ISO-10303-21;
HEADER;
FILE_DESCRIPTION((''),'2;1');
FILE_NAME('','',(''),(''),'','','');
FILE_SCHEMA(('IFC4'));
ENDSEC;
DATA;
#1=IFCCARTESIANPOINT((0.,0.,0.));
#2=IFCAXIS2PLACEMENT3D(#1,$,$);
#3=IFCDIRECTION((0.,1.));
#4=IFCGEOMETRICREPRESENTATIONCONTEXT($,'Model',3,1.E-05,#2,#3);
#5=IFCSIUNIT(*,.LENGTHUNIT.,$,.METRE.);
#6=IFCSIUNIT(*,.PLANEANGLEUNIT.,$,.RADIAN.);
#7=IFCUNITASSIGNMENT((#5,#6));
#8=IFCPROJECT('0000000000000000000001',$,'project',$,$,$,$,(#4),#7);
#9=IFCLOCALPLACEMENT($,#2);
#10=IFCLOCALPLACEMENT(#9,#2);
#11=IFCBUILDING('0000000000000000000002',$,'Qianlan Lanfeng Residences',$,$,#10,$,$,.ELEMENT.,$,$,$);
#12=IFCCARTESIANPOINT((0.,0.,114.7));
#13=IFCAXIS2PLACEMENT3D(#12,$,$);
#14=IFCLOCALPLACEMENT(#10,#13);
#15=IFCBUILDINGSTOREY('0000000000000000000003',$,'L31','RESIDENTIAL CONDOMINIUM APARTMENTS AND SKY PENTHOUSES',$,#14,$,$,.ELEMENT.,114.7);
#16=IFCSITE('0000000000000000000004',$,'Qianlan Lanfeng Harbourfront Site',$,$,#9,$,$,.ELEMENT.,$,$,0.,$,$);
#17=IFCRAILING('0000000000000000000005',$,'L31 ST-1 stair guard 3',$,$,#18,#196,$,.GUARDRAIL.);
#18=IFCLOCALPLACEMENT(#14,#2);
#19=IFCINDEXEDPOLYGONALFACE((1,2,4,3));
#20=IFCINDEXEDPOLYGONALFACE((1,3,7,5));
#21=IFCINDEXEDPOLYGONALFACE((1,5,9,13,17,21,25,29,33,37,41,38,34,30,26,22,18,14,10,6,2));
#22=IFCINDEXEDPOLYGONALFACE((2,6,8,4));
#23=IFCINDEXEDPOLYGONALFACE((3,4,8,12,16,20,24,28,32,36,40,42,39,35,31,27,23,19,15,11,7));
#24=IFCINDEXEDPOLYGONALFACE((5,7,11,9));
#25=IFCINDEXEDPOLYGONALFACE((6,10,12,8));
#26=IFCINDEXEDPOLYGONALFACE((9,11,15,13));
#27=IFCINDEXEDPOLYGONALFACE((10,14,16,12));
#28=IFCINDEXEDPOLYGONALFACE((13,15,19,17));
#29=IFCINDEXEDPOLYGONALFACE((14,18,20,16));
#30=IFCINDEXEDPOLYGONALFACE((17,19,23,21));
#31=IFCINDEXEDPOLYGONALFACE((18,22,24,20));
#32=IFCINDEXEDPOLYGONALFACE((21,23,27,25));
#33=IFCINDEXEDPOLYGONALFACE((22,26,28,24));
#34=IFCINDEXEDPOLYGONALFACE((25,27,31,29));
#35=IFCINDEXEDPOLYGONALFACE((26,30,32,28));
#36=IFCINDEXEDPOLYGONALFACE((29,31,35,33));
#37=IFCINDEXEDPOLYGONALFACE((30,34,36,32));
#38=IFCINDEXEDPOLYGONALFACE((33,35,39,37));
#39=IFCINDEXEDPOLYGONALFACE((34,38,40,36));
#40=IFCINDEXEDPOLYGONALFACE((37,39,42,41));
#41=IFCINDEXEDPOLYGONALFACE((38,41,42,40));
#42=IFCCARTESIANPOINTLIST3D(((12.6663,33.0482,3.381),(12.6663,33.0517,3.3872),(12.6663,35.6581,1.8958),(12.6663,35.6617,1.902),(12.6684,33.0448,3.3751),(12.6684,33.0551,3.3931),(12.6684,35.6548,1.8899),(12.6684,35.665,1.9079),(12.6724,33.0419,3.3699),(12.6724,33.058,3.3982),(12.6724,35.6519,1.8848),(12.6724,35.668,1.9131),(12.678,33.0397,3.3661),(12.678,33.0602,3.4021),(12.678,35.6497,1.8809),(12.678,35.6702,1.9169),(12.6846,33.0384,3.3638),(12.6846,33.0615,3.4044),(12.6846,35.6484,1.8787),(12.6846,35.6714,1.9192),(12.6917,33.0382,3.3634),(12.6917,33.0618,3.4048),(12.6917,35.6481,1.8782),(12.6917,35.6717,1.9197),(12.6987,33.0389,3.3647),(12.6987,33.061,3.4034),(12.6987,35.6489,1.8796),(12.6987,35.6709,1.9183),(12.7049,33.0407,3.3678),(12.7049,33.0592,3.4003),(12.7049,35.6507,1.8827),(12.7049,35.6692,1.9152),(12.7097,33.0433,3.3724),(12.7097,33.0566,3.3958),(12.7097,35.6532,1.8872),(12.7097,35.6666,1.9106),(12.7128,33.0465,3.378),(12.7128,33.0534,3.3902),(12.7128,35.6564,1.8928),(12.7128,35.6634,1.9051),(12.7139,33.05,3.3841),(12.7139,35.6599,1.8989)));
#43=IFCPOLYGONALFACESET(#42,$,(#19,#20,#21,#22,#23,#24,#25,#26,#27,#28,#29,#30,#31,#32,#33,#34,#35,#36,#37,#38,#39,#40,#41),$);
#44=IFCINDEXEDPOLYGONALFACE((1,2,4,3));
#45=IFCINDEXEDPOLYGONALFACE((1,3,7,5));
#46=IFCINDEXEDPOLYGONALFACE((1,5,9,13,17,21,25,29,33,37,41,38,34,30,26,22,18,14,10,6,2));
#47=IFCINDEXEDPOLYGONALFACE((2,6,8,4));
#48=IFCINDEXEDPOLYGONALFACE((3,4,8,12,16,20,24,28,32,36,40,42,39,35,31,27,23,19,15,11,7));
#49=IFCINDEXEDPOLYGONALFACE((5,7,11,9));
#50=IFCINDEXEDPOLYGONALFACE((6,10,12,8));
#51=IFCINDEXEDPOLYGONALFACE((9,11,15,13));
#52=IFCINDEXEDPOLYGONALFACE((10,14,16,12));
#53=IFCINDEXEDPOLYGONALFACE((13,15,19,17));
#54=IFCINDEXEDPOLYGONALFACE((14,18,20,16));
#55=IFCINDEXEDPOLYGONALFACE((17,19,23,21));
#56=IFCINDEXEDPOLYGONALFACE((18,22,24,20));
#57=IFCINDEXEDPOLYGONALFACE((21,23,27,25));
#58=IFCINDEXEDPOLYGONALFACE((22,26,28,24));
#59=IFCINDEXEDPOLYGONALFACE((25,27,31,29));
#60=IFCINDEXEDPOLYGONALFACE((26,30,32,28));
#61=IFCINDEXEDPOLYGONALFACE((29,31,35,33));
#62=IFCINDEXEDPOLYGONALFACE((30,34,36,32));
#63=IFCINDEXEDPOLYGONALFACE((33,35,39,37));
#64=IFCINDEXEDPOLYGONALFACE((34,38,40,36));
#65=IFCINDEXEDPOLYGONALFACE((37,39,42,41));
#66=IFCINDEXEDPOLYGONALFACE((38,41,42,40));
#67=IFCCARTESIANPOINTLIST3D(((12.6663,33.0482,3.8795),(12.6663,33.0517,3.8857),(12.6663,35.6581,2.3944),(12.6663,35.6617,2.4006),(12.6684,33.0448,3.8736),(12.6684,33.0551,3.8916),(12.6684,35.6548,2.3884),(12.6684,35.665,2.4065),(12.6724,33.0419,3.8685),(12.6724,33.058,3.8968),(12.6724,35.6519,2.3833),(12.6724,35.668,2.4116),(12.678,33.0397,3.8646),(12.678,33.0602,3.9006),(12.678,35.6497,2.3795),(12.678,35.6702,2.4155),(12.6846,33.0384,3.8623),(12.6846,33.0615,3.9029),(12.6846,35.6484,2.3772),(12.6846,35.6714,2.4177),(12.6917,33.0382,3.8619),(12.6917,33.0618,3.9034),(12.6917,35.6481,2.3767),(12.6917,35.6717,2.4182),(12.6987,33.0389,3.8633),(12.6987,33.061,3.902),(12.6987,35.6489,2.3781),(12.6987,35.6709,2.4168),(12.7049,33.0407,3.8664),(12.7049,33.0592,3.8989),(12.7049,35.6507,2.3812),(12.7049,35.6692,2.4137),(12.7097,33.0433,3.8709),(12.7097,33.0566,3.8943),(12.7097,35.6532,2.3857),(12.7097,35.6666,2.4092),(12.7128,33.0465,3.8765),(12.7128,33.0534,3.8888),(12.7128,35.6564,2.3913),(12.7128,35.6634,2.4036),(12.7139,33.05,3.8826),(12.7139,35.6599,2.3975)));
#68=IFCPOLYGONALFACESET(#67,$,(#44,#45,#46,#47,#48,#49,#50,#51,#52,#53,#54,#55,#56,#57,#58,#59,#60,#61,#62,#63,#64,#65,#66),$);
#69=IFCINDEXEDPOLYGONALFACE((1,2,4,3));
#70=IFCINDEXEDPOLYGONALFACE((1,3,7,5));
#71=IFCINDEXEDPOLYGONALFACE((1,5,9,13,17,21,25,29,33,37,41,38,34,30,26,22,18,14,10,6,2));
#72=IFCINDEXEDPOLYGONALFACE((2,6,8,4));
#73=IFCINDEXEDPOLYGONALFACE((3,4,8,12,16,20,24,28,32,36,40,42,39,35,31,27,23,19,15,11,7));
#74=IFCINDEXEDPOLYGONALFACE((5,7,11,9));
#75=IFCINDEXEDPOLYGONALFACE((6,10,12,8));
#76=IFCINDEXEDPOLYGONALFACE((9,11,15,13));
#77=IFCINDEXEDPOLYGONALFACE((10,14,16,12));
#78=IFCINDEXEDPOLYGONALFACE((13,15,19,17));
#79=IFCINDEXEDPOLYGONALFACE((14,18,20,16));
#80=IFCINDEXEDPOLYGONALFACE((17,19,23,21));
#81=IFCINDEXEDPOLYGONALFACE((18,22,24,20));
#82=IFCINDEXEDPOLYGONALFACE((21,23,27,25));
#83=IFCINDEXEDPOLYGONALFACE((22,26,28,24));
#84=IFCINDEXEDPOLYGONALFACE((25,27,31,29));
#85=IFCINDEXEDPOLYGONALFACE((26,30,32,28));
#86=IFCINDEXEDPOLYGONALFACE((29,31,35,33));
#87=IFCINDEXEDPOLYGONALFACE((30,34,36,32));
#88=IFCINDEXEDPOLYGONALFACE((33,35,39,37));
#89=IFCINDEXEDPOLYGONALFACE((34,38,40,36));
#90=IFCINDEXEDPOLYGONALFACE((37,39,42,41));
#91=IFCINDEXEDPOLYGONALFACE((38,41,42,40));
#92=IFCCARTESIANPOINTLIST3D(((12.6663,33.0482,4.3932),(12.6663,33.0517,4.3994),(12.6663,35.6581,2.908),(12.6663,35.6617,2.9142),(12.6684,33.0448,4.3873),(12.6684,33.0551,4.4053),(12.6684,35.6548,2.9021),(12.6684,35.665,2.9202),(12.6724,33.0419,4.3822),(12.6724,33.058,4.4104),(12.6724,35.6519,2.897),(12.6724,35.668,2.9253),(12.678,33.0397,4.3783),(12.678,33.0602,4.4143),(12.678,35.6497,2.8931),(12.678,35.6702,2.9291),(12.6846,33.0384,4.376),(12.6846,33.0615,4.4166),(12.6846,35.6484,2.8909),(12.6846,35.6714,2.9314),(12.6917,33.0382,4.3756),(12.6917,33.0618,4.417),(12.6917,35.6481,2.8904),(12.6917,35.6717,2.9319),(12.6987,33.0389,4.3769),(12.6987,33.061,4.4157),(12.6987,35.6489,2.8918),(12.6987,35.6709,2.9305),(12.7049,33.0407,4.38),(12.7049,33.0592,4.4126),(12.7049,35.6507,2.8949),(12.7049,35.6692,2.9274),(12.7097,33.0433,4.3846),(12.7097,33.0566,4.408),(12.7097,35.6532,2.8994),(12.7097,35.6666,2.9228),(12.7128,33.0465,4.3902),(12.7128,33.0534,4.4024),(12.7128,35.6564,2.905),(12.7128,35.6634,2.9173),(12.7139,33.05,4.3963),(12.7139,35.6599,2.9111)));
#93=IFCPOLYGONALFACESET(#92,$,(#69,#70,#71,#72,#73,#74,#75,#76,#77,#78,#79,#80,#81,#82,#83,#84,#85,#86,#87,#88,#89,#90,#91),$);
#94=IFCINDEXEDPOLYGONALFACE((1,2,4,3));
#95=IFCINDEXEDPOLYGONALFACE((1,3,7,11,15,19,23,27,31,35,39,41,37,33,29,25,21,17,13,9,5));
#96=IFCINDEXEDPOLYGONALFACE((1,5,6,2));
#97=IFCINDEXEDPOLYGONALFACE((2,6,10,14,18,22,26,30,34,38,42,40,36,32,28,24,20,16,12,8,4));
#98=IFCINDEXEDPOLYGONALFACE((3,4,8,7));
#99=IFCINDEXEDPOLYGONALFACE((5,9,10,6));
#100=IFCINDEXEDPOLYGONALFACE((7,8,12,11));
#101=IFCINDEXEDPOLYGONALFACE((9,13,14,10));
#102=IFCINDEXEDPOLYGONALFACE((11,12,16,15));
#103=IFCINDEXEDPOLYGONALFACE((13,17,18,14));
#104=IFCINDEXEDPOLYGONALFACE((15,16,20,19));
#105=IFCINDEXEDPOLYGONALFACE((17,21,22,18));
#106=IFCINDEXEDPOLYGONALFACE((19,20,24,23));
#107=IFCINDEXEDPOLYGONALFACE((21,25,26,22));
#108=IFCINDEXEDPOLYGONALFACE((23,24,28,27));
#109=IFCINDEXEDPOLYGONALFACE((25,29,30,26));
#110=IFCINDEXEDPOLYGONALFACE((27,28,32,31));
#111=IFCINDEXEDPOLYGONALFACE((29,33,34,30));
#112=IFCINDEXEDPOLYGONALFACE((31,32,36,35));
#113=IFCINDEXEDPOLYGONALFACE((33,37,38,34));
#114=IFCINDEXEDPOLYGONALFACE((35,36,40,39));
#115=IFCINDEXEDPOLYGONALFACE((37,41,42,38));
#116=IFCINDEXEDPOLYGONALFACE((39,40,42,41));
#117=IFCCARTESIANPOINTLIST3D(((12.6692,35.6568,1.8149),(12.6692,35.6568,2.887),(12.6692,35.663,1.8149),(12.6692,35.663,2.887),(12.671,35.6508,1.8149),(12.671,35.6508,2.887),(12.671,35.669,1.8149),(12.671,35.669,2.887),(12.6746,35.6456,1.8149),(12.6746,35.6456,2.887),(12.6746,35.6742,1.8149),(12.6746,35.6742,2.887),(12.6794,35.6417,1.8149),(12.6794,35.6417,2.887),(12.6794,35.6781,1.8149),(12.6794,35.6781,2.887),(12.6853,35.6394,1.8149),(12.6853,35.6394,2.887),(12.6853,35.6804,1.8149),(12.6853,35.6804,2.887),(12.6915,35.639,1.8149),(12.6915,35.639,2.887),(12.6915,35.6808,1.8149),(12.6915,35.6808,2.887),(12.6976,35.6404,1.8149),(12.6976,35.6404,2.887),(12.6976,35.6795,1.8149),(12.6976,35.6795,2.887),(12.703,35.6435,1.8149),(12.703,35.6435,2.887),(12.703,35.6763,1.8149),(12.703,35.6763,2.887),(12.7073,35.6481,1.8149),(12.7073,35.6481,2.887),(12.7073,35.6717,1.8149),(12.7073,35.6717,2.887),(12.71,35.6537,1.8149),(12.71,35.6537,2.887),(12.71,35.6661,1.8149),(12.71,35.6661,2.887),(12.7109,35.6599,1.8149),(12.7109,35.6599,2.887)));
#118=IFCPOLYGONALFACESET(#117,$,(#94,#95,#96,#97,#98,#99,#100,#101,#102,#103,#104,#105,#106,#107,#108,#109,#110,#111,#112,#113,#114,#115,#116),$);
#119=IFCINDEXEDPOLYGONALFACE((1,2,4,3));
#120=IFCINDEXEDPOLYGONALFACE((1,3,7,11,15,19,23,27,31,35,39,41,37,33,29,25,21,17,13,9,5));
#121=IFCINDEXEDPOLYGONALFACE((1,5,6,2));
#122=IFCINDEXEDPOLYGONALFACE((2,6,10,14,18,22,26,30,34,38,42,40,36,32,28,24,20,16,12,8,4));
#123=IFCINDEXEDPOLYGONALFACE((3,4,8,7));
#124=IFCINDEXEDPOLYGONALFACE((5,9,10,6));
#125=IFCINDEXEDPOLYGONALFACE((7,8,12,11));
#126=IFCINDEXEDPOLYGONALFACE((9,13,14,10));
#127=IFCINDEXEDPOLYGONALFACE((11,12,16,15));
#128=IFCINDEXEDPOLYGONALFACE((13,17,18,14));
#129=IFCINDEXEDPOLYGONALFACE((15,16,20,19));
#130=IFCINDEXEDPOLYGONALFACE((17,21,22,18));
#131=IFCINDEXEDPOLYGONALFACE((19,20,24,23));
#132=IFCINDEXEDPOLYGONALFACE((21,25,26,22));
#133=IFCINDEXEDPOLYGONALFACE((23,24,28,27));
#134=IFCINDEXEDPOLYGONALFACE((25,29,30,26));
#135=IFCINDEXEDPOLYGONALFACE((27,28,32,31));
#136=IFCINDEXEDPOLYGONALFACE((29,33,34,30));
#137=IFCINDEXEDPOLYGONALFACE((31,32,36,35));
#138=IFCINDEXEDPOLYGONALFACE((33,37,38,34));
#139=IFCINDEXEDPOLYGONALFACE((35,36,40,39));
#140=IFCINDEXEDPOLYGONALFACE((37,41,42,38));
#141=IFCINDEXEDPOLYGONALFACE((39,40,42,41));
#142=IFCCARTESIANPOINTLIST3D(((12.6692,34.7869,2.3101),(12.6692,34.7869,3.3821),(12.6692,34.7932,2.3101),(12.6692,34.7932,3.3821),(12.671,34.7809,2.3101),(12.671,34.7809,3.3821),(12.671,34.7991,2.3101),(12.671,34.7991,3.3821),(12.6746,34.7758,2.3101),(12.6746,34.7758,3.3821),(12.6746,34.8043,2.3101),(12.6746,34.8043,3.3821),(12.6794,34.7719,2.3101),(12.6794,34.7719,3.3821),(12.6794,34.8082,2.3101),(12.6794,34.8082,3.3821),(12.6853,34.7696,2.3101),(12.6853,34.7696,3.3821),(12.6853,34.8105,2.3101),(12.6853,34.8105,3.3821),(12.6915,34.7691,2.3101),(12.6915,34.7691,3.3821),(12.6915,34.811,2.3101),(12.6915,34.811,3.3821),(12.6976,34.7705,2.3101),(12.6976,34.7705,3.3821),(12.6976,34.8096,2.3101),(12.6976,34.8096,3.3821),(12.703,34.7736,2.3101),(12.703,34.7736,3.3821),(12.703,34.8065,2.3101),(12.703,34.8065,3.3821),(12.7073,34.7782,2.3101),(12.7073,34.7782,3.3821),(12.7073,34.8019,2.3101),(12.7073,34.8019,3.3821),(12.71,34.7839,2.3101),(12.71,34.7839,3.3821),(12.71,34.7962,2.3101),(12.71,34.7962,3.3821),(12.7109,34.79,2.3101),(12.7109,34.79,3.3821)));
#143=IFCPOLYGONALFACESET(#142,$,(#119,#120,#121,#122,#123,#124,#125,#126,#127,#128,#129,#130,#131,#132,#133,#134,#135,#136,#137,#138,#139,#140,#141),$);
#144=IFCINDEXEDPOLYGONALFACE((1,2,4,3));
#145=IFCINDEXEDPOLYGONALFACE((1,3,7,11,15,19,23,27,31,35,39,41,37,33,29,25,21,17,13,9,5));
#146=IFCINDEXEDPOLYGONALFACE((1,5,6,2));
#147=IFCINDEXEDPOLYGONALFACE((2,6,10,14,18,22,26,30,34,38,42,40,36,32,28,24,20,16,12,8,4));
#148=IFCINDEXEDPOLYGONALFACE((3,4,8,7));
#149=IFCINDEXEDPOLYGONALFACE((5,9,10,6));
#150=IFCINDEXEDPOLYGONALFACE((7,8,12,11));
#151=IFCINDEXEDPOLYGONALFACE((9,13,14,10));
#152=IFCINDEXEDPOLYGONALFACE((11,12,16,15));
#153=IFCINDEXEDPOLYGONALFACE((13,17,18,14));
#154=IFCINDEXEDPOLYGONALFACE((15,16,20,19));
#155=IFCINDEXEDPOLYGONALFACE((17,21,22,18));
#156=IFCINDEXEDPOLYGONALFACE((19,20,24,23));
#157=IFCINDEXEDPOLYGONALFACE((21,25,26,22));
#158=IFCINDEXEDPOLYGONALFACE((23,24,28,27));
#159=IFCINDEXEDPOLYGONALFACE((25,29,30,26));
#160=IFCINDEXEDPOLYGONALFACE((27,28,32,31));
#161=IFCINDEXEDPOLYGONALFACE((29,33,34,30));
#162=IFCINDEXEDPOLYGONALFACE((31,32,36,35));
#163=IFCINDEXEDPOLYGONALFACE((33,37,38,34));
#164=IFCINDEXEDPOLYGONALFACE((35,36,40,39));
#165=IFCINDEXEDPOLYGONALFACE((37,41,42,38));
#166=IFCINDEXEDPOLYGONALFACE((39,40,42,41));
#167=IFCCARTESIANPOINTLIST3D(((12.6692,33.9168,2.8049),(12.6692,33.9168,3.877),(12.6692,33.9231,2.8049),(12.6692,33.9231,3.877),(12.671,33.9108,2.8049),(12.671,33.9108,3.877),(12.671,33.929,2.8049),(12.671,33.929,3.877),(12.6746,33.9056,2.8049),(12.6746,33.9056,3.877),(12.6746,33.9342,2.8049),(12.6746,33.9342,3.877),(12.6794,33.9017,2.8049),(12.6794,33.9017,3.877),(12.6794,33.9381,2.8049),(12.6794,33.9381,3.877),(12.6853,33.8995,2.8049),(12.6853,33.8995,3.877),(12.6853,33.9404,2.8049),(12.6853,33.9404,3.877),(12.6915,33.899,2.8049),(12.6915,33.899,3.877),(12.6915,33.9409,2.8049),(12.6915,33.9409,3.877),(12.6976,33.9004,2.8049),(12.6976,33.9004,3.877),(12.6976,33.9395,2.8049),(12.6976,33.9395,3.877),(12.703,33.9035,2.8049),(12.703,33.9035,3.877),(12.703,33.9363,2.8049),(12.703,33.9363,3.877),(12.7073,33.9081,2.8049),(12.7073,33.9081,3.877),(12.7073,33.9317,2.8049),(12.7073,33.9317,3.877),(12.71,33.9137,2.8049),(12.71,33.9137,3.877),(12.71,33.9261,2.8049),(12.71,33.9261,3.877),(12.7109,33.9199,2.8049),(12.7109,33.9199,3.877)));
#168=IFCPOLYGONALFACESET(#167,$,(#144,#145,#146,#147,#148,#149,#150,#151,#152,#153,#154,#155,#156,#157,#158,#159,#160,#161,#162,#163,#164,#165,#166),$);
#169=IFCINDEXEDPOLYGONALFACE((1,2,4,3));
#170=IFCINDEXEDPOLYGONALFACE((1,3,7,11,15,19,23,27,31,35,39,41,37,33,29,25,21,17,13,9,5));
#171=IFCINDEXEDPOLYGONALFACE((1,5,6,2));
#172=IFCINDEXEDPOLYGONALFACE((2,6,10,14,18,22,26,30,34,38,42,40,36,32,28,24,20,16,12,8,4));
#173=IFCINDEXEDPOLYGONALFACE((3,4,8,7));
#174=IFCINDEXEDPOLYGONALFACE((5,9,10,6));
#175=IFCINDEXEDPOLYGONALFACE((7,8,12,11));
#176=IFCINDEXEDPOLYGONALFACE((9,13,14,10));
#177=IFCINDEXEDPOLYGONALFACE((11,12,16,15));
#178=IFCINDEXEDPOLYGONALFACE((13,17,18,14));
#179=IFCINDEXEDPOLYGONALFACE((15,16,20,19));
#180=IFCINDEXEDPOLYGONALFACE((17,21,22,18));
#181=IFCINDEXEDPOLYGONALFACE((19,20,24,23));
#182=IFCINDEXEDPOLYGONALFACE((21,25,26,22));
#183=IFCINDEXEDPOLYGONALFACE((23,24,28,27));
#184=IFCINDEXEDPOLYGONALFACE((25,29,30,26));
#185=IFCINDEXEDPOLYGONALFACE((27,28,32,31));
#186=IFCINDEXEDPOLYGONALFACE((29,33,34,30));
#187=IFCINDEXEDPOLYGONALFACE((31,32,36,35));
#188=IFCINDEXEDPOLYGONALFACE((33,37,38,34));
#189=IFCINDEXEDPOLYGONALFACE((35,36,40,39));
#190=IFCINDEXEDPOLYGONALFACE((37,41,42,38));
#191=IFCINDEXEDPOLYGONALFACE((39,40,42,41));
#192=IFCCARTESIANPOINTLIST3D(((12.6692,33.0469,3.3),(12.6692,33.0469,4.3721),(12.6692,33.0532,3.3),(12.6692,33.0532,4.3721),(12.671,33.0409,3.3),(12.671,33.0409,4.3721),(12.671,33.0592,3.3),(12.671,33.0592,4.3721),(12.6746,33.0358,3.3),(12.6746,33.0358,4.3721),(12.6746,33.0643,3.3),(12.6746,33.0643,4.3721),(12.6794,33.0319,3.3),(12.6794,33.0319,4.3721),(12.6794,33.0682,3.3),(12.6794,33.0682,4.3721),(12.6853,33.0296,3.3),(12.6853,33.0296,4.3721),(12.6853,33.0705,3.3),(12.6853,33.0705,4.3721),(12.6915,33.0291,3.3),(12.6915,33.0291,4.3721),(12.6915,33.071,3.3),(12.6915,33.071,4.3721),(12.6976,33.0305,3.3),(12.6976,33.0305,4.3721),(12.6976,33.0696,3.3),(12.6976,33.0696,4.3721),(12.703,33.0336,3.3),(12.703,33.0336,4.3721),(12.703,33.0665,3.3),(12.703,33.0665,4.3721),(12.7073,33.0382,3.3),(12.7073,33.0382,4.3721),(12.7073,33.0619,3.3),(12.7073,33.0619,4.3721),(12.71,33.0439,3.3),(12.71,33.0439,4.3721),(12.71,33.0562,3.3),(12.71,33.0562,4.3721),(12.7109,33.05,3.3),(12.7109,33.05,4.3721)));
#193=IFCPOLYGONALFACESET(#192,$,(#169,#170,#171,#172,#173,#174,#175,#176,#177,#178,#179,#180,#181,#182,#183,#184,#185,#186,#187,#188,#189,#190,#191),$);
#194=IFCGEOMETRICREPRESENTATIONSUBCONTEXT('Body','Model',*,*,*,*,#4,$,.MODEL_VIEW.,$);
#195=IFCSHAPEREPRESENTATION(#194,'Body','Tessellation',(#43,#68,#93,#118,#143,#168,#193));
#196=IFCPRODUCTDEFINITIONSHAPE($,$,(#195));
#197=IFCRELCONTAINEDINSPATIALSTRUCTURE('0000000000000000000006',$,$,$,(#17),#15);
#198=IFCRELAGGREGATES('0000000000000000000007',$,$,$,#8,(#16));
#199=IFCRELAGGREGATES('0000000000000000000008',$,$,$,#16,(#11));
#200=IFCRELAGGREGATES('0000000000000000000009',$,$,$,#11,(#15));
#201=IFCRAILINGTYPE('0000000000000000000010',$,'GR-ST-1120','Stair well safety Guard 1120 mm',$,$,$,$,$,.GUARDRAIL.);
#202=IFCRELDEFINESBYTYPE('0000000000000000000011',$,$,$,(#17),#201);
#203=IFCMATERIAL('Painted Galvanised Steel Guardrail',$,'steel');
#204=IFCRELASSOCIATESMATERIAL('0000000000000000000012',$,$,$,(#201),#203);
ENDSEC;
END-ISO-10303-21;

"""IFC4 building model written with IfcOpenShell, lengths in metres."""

from ifc_helpers import new_model, si_unit, direction, frame, origin, origin_2d, place, context, subcontext, project, spatial, circle, extrude, material, type_object, element, save


model = new_model("IFC4")

# Units and contexts
model_context = context("Model", 3, precision=1e-05, world=origin(), true_north=direction((0.0, 1.0)))
body_context = subcontext(model_context, "Body", "Model", "MODEL_VIEW")
ifc_project = project(units=[si_unit("LENGTHUNIT", "METRE"), si_unit("PLANEANGLEUNIT", "RADIAN")], contexts=[model_context])

# Site, building, storey
site_placement = place(None, origin())
site = spatial("IfcSite", under=ifc_project, at=site_placement, Name="Qianlan Lanfeng Harbourfront Site", CompositionType="ELEMENT", RefElevation=0.0)
building_placement = place(site_placement, origin())
building = spatial("IfcBuilding", under=site, at=building_placement, Name="Qianlan Lanfeng Residences", CompositionType="ELEMENT")
storey_placement = place(building_placement, frame((0.0, 0.0, 114.7)))
storey = spatial("IfcBuildingStorey", under=building, at=storey_placement, Name="L31", Description="RESIDENTIAL CONDOMINIUM APARTMENTS AND SKY PENTHOUSES", CompositionType="ELEMENT", Elevation=114.7)

# Railing
ifc_material_1 = material(Name="Painted Galvanised Steel Guardrail", Category="steel")
railing_type_1 = type_object("IfcRailingType", Name="GR-ST-1120", Description="Stair well safety Guard 1120 mm", PredefinedType="GUARDRAIL", material=ifc_material_1)
railing_1_placement = place(storey_placement, frame((12.6899, 35.6599, 1.8149)))
element("IfcRailing", 1, at=railing_1_placement, inside=storey, type_object=railing_type_1, Name="L31 ST-1 stair guard 3", PredefinedType="GUARDRAIL", context=body_context, shape_type="SweptSolid", body=[
    extrude(circle(Radius=0.0239, at=origin_2d()), frame((0.0, 0.0, 0.084), z_axis=(0.0, -0.869137, 0.494571), x_axis=(1.0, 0.0, 0.0)), (0.0, 0.0, 1.0), 3.0029),
    extrude(circle(Radius=0.0239, at=origin_2d()), frame((0.0, 0.0, 0.5825), z_axis=(0.0, -0.869137, 0.494571), x_axis=(1.0, 0.0, 0.0)), (0.0, 0.0, 1.0), 3.0029),
    extrude(circle(Radius=0.0239, at=origin_2d()), frame((0.0, 0.0, 1.0962), z_axis=(0.0, -0.869137, 0.494571), x_axis=(1.0, 0.0, 0.0)), (0.0, 0.0, 1.0), 3.0029),
    extrude(circle(Radius=0.021, at=origin_2d()), origin(), (0.0, 0.0, 1.0), 1.072),
    extrude(circle(Radius=0.021, at=origin_2d()), frame((0.0, -0.8699, 0.4951)), (0.0, 0.0, 1.0), 1.072),
    extrude(circle(Radius=0.021, at=origin_2d()), frame((0.0, -1.74, 0.99)), (0.0, 0.0, 1.0), 1.072),
    extrude(circle(Radius=0.021, at=origin_2d()), frame((0.0, -2.6099, 1.4851)), (0.0, 0.0, 1.0), 1.072),
])

save(model, "model.ifc")
